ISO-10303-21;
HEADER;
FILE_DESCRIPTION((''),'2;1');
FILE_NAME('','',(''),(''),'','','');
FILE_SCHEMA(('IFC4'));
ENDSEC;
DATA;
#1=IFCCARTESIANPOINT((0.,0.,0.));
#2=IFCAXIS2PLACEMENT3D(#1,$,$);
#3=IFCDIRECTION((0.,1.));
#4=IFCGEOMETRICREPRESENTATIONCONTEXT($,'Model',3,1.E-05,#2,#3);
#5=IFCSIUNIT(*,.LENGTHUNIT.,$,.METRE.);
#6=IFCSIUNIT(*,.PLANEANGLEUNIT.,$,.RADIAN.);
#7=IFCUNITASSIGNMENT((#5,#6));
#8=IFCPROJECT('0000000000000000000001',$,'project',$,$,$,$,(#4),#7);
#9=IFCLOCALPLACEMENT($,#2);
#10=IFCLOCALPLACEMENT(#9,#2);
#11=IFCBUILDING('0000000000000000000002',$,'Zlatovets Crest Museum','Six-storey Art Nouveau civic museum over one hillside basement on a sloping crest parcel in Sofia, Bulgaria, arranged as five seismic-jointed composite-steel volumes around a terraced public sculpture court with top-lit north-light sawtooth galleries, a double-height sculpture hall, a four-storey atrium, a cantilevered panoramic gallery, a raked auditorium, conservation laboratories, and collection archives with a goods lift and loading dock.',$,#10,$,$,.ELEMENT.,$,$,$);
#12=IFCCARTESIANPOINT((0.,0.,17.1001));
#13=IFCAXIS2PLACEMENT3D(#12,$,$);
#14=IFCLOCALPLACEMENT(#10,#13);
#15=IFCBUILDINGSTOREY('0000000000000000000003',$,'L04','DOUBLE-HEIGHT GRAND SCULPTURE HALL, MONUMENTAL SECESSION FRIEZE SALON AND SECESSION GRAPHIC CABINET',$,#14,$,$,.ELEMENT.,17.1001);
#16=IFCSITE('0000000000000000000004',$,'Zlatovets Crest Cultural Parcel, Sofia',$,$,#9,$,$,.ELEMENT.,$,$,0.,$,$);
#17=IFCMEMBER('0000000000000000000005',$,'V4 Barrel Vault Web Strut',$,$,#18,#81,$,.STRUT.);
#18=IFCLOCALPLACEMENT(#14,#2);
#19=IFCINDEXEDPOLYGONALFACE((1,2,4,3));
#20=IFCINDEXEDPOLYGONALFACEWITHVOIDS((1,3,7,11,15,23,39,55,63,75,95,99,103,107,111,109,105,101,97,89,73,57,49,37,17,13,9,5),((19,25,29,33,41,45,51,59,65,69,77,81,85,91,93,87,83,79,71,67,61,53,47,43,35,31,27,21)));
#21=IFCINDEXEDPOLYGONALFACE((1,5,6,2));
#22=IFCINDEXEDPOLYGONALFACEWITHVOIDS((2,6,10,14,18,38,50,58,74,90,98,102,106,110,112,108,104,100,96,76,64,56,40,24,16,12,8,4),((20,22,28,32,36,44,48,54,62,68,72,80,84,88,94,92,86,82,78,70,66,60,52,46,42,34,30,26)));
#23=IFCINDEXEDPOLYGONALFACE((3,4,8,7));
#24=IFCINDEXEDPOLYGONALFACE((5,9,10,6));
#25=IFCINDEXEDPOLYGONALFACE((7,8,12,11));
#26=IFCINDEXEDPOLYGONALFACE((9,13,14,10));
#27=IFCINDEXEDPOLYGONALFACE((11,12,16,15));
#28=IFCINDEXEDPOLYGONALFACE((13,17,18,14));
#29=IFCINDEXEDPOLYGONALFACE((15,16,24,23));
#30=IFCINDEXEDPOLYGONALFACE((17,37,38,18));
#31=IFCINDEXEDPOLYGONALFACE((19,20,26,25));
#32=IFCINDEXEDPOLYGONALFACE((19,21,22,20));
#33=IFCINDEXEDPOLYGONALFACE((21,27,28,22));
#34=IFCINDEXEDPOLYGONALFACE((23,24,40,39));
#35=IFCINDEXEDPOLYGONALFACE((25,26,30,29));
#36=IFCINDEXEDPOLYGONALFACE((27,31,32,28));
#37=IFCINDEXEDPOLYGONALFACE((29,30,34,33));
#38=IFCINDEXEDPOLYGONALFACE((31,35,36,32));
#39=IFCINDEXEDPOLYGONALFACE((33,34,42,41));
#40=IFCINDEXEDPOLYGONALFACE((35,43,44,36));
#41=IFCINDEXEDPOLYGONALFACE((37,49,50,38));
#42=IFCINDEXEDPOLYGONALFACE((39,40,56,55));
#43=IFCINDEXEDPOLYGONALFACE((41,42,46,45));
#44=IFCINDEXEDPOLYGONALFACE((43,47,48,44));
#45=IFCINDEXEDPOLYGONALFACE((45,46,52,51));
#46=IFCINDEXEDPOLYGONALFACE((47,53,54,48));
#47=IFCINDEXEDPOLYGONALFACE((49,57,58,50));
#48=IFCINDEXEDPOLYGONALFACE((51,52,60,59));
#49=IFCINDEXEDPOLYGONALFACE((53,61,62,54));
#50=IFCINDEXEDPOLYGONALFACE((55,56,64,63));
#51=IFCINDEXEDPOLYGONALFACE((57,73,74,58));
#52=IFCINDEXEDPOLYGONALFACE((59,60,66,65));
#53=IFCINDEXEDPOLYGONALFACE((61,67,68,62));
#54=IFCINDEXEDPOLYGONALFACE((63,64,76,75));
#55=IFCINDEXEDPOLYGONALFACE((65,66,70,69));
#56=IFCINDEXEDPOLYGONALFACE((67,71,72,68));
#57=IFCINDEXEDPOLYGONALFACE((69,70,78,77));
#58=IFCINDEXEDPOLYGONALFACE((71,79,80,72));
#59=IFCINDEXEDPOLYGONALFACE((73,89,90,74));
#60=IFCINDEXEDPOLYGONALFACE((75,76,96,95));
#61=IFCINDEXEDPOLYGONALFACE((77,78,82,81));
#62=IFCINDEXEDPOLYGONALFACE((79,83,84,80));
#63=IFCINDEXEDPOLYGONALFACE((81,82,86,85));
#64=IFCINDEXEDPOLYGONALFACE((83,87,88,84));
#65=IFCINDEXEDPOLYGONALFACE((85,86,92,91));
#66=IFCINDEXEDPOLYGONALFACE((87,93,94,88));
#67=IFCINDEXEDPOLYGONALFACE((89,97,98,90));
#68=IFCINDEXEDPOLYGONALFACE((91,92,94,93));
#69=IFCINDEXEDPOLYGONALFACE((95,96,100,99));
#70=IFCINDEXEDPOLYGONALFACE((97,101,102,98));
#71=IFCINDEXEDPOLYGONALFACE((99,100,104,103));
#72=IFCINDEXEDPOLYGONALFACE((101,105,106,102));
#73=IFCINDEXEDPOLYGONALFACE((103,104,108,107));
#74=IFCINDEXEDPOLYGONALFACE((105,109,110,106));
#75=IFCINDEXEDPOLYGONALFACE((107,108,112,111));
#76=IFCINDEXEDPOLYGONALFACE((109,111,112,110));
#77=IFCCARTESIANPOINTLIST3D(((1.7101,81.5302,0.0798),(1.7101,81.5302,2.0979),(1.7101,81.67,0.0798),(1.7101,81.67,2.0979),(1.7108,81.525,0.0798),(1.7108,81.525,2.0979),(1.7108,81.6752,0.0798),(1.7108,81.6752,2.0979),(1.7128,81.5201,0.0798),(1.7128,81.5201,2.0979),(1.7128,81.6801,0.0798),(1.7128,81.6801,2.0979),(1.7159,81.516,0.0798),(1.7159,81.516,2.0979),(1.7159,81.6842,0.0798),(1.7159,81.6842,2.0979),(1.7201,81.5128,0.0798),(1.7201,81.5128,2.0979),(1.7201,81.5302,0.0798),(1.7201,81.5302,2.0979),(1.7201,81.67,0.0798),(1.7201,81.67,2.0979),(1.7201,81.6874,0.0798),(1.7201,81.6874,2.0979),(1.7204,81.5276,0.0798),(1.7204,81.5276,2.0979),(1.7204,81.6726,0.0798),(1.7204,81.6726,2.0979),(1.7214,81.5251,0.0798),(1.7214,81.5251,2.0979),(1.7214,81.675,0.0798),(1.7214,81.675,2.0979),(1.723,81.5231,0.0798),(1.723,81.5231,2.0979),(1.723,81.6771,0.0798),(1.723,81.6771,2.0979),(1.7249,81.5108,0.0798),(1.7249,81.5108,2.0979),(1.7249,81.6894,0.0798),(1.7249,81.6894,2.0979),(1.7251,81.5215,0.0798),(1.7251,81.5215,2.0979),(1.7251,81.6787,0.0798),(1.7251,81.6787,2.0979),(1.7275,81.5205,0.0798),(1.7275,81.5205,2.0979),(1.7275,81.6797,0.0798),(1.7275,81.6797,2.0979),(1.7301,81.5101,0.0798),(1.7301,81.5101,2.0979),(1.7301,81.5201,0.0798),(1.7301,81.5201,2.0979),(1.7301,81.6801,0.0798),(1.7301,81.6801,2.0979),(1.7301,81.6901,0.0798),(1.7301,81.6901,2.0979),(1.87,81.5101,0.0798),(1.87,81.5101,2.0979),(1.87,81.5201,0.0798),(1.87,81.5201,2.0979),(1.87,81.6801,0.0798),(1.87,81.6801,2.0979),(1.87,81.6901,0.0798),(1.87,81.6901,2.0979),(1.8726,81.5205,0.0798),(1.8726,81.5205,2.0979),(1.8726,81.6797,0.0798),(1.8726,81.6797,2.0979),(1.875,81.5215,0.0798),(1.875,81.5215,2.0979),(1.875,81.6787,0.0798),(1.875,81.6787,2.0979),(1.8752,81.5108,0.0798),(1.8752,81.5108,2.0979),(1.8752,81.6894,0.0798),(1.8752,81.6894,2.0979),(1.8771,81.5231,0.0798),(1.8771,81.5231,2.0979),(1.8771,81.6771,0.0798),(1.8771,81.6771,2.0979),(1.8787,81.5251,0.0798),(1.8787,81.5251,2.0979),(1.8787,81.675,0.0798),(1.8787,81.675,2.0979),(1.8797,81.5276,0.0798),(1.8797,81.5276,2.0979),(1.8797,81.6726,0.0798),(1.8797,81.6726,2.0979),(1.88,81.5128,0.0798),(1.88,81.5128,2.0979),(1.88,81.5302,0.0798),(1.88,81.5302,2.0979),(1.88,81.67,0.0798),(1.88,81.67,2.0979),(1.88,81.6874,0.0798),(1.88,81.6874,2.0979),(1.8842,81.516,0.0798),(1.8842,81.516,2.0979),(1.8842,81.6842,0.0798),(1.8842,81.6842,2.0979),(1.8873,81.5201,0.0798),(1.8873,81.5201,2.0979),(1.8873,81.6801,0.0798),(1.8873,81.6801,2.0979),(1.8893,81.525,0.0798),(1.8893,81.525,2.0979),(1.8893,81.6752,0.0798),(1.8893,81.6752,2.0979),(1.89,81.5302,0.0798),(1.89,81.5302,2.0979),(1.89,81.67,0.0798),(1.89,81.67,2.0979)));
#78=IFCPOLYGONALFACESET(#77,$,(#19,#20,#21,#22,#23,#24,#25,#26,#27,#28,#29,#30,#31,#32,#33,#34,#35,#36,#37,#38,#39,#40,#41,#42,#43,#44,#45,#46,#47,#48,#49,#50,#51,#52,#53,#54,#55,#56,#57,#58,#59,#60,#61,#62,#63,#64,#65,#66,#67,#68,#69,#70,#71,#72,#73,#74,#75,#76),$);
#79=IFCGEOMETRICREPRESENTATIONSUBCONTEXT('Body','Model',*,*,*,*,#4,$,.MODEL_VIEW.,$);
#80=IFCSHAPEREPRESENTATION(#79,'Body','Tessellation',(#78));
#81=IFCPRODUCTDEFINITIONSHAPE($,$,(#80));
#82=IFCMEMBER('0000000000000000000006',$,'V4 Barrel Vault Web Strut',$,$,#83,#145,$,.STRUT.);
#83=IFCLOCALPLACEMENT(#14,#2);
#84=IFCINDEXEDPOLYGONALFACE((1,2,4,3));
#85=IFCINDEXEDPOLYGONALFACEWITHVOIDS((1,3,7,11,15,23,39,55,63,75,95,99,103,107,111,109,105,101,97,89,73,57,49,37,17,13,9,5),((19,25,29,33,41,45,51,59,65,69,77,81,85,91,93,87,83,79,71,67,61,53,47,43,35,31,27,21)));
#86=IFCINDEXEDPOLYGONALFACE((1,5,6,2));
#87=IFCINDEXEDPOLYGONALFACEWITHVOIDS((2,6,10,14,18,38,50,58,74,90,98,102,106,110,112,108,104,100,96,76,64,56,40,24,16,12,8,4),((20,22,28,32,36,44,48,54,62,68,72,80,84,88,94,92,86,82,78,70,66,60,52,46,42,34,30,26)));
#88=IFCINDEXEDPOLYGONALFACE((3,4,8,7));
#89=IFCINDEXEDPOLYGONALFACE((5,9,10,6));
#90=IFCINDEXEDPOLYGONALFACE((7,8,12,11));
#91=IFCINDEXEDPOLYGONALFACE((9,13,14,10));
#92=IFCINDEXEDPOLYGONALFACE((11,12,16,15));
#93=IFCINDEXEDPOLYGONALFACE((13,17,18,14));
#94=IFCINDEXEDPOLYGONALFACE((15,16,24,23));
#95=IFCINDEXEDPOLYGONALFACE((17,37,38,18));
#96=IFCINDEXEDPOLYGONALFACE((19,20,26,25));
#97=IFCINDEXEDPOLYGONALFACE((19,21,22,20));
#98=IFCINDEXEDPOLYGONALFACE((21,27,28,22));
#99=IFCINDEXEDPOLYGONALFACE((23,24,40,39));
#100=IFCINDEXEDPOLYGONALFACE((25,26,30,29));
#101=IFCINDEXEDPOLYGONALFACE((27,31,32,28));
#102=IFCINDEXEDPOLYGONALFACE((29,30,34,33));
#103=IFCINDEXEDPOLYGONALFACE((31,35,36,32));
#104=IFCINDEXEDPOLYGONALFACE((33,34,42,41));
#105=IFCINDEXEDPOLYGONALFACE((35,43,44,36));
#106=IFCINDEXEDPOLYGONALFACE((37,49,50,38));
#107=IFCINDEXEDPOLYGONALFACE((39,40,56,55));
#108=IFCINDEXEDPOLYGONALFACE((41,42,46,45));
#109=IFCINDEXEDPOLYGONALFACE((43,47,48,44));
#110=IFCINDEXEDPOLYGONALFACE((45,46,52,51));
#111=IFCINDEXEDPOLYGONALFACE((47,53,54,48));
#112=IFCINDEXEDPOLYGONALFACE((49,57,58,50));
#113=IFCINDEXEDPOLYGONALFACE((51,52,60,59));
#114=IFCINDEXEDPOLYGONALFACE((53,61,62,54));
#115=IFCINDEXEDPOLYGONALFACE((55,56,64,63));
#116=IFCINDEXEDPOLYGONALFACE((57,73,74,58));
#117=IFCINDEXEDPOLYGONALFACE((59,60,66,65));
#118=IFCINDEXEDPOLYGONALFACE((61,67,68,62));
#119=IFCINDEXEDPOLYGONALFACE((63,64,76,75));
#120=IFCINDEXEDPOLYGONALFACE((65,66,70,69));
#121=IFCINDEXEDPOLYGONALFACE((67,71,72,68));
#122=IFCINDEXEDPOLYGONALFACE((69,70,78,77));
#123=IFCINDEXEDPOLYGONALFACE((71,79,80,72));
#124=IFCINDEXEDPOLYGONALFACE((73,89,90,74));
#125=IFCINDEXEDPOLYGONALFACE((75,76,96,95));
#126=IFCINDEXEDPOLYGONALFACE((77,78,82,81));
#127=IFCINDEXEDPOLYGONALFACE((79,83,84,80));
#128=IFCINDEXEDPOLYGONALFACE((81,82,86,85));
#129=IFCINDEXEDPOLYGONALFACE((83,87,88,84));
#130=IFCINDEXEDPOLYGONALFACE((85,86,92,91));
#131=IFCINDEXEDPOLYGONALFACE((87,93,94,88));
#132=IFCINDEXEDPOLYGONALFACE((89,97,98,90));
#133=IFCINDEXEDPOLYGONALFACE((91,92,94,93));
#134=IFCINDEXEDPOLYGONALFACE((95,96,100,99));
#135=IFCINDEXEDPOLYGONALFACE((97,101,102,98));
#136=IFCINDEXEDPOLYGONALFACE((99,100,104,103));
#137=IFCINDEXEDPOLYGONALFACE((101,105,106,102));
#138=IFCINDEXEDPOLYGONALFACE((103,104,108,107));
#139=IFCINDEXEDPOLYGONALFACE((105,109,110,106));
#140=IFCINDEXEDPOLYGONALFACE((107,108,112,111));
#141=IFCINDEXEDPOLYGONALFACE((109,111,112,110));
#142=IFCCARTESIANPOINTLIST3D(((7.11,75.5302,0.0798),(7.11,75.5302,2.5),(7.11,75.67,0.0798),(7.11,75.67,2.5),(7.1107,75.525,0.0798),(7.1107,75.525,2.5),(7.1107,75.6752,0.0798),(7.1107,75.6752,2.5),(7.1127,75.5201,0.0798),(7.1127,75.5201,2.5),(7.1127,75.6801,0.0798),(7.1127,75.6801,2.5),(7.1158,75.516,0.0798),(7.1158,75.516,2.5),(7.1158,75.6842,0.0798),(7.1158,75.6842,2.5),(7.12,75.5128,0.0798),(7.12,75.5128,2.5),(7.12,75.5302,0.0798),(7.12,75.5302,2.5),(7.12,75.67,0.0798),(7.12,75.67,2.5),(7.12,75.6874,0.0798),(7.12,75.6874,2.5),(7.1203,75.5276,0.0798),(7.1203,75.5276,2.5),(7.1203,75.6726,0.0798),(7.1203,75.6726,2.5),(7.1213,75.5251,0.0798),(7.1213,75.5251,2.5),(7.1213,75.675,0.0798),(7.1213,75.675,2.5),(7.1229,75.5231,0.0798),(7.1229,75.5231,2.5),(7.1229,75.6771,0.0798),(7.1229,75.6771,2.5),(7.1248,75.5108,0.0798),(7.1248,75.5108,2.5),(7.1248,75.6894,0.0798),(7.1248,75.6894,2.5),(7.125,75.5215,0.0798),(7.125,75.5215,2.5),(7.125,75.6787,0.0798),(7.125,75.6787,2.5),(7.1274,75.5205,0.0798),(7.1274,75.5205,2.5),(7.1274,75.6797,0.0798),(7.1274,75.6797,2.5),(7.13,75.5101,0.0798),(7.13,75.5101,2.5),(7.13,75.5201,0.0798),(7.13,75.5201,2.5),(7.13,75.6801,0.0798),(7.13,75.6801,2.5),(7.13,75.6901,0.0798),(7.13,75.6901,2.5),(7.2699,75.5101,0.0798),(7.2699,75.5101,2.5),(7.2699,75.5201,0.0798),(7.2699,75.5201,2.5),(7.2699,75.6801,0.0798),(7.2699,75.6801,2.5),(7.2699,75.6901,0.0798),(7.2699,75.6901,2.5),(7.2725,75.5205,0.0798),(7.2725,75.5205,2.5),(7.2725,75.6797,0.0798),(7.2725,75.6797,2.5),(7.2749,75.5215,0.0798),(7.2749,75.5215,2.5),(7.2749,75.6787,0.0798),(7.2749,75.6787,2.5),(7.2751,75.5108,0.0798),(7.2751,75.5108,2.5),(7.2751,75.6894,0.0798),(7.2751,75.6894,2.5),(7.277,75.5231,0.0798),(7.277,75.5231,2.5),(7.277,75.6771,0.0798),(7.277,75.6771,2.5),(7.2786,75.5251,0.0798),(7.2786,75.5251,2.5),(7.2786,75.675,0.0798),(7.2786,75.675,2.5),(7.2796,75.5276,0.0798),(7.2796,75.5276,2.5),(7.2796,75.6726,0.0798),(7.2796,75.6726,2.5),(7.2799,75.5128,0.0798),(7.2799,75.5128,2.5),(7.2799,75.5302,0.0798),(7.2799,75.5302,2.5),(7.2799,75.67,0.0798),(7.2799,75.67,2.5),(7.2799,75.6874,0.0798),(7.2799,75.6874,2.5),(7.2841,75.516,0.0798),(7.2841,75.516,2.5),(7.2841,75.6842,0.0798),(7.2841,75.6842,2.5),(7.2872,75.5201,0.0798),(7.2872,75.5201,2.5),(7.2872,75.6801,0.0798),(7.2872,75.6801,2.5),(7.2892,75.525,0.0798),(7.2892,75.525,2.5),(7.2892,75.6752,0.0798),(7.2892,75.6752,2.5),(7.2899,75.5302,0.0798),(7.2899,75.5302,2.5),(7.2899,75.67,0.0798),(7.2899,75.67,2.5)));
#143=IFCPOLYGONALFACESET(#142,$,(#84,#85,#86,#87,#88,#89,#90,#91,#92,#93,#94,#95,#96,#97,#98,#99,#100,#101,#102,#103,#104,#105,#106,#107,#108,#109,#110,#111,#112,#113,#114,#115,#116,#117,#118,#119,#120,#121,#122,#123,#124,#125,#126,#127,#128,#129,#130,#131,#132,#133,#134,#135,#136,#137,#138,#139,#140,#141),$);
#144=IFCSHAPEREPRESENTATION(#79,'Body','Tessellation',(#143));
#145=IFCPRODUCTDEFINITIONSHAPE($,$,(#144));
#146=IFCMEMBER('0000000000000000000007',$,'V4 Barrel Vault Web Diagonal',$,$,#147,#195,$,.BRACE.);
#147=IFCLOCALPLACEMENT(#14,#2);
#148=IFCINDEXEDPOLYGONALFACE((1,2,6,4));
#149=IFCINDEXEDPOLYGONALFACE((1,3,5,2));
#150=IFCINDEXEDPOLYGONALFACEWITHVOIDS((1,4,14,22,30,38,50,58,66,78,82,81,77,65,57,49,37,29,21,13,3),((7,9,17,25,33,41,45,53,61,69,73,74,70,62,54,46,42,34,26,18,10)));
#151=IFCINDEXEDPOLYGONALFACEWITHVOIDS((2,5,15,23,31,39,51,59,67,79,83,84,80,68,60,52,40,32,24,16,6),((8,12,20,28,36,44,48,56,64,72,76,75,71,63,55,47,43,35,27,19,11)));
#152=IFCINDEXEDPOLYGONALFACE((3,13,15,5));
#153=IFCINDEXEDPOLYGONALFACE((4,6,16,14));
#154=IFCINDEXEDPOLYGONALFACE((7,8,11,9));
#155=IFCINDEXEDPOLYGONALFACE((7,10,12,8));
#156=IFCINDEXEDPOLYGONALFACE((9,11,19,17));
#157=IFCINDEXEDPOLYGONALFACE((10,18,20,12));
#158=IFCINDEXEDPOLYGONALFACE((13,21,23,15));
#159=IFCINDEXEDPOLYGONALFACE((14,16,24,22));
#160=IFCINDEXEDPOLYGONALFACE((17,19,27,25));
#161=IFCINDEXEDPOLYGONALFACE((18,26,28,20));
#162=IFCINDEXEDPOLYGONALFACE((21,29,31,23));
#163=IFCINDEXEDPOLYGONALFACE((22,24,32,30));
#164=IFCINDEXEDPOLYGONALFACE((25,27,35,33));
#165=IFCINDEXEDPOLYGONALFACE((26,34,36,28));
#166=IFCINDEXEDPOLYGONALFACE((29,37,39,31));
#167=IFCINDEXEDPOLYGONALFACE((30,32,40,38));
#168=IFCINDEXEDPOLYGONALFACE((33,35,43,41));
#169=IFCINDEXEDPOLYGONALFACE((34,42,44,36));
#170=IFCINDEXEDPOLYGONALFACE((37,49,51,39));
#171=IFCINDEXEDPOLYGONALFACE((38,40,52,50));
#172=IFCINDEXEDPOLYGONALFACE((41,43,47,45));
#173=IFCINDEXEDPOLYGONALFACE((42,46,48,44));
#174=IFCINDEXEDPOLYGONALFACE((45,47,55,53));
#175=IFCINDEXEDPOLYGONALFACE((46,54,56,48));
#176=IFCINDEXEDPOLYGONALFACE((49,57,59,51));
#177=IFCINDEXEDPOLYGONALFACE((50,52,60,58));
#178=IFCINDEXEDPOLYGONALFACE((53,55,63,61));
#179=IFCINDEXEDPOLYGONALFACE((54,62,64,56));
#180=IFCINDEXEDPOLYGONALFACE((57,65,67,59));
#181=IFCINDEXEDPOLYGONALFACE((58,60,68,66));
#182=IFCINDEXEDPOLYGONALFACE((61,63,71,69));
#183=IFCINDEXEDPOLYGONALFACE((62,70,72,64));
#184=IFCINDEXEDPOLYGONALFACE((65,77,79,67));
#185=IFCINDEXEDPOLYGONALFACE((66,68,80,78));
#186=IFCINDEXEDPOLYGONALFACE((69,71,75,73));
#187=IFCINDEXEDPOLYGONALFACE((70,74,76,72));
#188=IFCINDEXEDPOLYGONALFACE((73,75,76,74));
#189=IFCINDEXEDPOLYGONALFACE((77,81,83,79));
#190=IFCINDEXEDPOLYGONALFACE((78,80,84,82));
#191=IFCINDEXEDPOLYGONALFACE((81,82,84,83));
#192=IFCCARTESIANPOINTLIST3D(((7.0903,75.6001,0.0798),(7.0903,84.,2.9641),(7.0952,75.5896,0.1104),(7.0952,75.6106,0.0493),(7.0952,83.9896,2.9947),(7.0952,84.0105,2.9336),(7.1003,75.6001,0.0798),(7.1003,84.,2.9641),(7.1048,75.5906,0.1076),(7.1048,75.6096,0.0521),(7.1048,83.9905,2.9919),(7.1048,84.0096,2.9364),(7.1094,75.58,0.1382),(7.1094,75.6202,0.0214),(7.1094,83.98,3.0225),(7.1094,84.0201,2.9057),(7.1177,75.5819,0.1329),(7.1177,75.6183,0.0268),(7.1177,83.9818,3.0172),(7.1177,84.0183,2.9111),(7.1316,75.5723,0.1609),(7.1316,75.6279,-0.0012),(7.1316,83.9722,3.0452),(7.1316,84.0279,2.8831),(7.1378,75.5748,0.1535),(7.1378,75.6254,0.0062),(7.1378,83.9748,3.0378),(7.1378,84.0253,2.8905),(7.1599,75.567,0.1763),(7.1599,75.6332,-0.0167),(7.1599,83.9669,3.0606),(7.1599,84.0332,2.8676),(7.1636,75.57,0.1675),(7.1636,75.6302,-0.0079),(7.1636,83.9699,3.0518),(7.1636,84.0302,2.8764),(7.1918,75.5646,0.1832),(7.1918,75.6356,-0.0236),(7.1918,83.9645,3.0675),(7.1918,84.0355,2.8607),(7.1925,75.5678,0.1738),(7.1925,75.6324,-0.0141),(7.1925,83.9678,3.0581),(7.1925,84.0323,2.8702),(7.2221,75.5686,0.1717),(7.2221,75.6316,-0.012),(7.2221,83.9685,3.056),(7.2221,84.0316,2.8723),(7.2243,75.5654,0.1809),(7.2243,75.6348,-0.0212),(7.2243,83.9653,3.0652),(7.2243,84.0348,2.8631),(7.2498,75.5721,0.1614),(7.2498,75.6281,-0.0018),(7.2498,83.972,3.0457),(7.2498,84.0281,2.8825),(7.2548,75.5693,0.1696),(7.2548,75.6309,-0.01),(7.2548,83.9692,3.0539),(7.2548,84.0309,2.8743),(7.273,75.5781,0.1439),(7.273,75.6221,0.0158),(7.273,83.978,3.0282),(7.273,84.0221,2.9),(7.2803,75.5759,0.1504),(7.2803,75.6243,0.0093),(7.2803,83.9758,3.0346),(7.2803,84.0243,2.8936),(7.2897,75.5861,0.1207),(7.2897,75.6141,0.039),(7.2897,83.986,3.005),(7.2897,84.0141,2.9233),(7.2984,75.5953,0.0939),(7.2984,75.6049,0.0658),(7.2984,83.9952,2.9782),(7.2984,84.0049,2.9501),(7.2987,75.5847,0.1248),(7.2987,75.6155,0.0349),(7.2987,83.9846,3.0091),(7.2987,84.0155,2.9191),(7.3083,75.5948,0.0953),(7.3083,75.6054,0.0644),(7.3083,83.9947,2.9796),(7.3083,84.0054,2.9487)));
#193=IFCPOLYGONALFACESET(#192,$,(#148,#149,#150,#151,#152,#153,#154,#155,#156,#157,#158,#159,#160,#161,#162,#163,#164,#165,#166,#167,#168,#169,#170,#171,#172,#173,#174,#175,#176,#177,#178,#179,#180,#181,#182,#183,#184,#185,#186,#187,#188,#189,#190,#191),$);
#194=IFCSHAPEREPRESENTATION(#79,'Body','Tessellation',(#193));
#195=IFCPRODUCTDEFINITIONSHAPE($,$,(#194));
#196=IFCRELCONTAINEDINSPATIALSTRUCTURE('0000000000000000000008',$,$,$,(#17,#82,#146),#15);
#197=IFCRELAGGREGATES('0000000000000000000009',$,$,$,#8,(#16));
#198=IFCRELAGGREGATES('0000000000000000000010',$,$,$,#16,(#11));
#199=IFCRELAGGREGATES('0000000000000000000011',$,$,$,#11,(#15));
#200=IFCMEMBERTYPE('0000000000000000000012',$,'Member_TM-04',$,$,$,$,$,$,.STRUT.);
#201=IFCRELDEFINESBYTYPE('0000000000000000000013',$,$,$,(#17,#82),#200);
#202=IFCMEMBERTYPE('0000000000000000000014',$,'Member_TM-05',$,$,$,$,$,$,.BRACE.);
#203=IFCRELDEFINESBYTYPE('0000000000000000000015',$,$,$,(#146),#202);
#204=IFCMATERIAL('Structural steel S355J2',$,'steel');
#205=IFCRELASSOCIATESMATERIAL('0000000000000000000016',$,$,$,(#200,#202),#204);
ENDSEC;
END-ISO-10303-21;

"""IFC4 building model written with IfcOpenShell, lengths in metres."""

from ifc_helpers import new_model, si_unit, direction, frame, origin, origin_2d, place, context, subcontext, project, spatial, hollow_rectangle, hollow_circle, extrude, material, material_profile, profile_set, type_object, element, save


model = new_model("IFC4")

# Units and contexts
model_context = context("Model", 3, precision=1e-05, world=origin(), true_north=direction((0.0, 1.0)))
body_context = subcontext(model_context, "Body", "Model", "MODEL_VIEW")
ifc_project = project(units=[si_unit("LENGTHUNIT", "METRE"), si_unit("PLANEANGLEUNIT", "RADIAN")], contexts=[model_context])

# Site, building, storey
site_placement = place(None, origin())
site = spatial("IfcSite", under=ifc_project, at=site_placement, Name="Zlatovets Crest Cultural Parcel, Sofia", CompositionType="ELEMENT", RefElevation=0.0)
building_placement = place(site_placement, origin())
building = spatial("IfcBuilding", under=site, at=building_placement, Name="Zlatovets Crest Museum", Description="Six-storey Art Nouveau civic museum over one hillside basement on a sloping crest parcel in Sofia, Bulgaria, arranged as five seismic-jointed composite-steel volumes around a terraced public sculpture court with top-lit north-light sawtooth galleries, a double-height sculpture hall, a four-storey atrium, a cantilevered panoramic gallery, a raked auditorium, conservation laboratories, and collection archives with a goods lift and loading dock.", CompositionType="ELEMENT")
storey_placement = place(building_placement, frame((0.0, 0.0, 17.1001)))
storey = spatial("IfcBuildingStorey", under=building, at=storey_placement, Name="L04", Description="DOUBLE-HEIGHT GRAND SCULPTURE HALL, MONUMENTAL SECESSION FRIEZE SALON AND SECESSION GRAPHIC CABINET", CompositionType="ELEMENT", Elevation=17.1001)

# Shared definitions
ifc_material_1 = material(Name="Structural steel S355J2", Category="steel")

# Members
ifc_material_profile_1 = material_profile(ifc_material_1, hollow_rectangle(XDim=0.1799, YDim=0.1799, WallThickness=0.01, InnerFilletRadius=0.01, OuterFilletRadius=0.02, at=origin_2d()), Name="SHS 180x180x10.0")
ifc_profile_set_1 = profile_set([ifc_material_profile_1], Name="Structural steel S355J2")
member_type_1 = type_object("IfcMemberType", Name="Member_TM-04", PredefinedType="STRUT", material=ifc_profile_set_1)
member_1_placement = place(storey_placement, frame((1.8, 81.6001, 0.0798), z_axis=(0.0, 0.0, 1.0), x_axis=(1.0, 0.0, 0.0)))
element("IfcMember", 1, at=member_1_placement, inside=storey, type_object=member_type_1, Name="V4 Barrel Vault Web Strut", PredefinedType="STRUT", context=body_context, shape_type="SweptSolid", body=[
    extrude(hollow_rectangle(XDim=0.1799, YDim=0.1799, WallThickness=0.01, InnerFilletRadius=0.01, OuterFilletRadius=0.02, at=origin_2d()), origin(), (0.0, 0.0, 1.0), 2.0181),
])
member_2_placement = place(storey_placement, frame((7.2, 75.6001, 0.0798), z_axis=(0.0, 0.0, 1.0), x_axis=(1.0, 0.0, 0.0)))
element("IfcMember", 2, at=member_2_placement, inside=storey, type_object=member_type_1, Name="V4 Barrel Vault Web Strut", PredefinedType="STRUT", context=body_context, shape_type="SweptSolid", body=[
    extrude(hollow_rectangle(XDim=0.1799, YDim=0.1799, WallThickness=0.01, InnerFilletRadius=0.01, OuterFilletRadius=0.02, at=origin_2d()), origin(), (0.0, 0.0, 1.0), 2.4202),
])
ifc_material_profile_2 = material_profile(ifc_material_1, hollow_circle(Radius=0.1096, WallThickness=0.01, at=origin_2d()), Name="CHS 219.1x10.0")
ifc_profile_set_2 = profile_set([ifc_material_profile_2], Name="Structural steel S355J2")
member_type_2 = type_object("IfcMemberType", Name="Member_TM-05", PredefinedType="BRACE", material=ifc_profile_set_2)
member_3_placement = place(storey_placement, frame((7.2, 75.6001, 0.0798), z_axis=(0.0, 0.945797, 0.324759), x_axis=(-1.0, 0.0, 0.0)))
element("IfcMember", 3, at=member_3_placement, inside=storey, type_object=member_type_2, Name="V4 Barrel Vault Web Diagonal", PredefinedType="BRACE", context=body_context, shape_type="SweptSolid", body=[
    extrude(hollow_circle(Radius=0.1096, WallThickness=0.01, at=origin_2d()), origin(), (0.0, 0.0, 1.0), 8.8813),
])

save(model, "model.ifc")
